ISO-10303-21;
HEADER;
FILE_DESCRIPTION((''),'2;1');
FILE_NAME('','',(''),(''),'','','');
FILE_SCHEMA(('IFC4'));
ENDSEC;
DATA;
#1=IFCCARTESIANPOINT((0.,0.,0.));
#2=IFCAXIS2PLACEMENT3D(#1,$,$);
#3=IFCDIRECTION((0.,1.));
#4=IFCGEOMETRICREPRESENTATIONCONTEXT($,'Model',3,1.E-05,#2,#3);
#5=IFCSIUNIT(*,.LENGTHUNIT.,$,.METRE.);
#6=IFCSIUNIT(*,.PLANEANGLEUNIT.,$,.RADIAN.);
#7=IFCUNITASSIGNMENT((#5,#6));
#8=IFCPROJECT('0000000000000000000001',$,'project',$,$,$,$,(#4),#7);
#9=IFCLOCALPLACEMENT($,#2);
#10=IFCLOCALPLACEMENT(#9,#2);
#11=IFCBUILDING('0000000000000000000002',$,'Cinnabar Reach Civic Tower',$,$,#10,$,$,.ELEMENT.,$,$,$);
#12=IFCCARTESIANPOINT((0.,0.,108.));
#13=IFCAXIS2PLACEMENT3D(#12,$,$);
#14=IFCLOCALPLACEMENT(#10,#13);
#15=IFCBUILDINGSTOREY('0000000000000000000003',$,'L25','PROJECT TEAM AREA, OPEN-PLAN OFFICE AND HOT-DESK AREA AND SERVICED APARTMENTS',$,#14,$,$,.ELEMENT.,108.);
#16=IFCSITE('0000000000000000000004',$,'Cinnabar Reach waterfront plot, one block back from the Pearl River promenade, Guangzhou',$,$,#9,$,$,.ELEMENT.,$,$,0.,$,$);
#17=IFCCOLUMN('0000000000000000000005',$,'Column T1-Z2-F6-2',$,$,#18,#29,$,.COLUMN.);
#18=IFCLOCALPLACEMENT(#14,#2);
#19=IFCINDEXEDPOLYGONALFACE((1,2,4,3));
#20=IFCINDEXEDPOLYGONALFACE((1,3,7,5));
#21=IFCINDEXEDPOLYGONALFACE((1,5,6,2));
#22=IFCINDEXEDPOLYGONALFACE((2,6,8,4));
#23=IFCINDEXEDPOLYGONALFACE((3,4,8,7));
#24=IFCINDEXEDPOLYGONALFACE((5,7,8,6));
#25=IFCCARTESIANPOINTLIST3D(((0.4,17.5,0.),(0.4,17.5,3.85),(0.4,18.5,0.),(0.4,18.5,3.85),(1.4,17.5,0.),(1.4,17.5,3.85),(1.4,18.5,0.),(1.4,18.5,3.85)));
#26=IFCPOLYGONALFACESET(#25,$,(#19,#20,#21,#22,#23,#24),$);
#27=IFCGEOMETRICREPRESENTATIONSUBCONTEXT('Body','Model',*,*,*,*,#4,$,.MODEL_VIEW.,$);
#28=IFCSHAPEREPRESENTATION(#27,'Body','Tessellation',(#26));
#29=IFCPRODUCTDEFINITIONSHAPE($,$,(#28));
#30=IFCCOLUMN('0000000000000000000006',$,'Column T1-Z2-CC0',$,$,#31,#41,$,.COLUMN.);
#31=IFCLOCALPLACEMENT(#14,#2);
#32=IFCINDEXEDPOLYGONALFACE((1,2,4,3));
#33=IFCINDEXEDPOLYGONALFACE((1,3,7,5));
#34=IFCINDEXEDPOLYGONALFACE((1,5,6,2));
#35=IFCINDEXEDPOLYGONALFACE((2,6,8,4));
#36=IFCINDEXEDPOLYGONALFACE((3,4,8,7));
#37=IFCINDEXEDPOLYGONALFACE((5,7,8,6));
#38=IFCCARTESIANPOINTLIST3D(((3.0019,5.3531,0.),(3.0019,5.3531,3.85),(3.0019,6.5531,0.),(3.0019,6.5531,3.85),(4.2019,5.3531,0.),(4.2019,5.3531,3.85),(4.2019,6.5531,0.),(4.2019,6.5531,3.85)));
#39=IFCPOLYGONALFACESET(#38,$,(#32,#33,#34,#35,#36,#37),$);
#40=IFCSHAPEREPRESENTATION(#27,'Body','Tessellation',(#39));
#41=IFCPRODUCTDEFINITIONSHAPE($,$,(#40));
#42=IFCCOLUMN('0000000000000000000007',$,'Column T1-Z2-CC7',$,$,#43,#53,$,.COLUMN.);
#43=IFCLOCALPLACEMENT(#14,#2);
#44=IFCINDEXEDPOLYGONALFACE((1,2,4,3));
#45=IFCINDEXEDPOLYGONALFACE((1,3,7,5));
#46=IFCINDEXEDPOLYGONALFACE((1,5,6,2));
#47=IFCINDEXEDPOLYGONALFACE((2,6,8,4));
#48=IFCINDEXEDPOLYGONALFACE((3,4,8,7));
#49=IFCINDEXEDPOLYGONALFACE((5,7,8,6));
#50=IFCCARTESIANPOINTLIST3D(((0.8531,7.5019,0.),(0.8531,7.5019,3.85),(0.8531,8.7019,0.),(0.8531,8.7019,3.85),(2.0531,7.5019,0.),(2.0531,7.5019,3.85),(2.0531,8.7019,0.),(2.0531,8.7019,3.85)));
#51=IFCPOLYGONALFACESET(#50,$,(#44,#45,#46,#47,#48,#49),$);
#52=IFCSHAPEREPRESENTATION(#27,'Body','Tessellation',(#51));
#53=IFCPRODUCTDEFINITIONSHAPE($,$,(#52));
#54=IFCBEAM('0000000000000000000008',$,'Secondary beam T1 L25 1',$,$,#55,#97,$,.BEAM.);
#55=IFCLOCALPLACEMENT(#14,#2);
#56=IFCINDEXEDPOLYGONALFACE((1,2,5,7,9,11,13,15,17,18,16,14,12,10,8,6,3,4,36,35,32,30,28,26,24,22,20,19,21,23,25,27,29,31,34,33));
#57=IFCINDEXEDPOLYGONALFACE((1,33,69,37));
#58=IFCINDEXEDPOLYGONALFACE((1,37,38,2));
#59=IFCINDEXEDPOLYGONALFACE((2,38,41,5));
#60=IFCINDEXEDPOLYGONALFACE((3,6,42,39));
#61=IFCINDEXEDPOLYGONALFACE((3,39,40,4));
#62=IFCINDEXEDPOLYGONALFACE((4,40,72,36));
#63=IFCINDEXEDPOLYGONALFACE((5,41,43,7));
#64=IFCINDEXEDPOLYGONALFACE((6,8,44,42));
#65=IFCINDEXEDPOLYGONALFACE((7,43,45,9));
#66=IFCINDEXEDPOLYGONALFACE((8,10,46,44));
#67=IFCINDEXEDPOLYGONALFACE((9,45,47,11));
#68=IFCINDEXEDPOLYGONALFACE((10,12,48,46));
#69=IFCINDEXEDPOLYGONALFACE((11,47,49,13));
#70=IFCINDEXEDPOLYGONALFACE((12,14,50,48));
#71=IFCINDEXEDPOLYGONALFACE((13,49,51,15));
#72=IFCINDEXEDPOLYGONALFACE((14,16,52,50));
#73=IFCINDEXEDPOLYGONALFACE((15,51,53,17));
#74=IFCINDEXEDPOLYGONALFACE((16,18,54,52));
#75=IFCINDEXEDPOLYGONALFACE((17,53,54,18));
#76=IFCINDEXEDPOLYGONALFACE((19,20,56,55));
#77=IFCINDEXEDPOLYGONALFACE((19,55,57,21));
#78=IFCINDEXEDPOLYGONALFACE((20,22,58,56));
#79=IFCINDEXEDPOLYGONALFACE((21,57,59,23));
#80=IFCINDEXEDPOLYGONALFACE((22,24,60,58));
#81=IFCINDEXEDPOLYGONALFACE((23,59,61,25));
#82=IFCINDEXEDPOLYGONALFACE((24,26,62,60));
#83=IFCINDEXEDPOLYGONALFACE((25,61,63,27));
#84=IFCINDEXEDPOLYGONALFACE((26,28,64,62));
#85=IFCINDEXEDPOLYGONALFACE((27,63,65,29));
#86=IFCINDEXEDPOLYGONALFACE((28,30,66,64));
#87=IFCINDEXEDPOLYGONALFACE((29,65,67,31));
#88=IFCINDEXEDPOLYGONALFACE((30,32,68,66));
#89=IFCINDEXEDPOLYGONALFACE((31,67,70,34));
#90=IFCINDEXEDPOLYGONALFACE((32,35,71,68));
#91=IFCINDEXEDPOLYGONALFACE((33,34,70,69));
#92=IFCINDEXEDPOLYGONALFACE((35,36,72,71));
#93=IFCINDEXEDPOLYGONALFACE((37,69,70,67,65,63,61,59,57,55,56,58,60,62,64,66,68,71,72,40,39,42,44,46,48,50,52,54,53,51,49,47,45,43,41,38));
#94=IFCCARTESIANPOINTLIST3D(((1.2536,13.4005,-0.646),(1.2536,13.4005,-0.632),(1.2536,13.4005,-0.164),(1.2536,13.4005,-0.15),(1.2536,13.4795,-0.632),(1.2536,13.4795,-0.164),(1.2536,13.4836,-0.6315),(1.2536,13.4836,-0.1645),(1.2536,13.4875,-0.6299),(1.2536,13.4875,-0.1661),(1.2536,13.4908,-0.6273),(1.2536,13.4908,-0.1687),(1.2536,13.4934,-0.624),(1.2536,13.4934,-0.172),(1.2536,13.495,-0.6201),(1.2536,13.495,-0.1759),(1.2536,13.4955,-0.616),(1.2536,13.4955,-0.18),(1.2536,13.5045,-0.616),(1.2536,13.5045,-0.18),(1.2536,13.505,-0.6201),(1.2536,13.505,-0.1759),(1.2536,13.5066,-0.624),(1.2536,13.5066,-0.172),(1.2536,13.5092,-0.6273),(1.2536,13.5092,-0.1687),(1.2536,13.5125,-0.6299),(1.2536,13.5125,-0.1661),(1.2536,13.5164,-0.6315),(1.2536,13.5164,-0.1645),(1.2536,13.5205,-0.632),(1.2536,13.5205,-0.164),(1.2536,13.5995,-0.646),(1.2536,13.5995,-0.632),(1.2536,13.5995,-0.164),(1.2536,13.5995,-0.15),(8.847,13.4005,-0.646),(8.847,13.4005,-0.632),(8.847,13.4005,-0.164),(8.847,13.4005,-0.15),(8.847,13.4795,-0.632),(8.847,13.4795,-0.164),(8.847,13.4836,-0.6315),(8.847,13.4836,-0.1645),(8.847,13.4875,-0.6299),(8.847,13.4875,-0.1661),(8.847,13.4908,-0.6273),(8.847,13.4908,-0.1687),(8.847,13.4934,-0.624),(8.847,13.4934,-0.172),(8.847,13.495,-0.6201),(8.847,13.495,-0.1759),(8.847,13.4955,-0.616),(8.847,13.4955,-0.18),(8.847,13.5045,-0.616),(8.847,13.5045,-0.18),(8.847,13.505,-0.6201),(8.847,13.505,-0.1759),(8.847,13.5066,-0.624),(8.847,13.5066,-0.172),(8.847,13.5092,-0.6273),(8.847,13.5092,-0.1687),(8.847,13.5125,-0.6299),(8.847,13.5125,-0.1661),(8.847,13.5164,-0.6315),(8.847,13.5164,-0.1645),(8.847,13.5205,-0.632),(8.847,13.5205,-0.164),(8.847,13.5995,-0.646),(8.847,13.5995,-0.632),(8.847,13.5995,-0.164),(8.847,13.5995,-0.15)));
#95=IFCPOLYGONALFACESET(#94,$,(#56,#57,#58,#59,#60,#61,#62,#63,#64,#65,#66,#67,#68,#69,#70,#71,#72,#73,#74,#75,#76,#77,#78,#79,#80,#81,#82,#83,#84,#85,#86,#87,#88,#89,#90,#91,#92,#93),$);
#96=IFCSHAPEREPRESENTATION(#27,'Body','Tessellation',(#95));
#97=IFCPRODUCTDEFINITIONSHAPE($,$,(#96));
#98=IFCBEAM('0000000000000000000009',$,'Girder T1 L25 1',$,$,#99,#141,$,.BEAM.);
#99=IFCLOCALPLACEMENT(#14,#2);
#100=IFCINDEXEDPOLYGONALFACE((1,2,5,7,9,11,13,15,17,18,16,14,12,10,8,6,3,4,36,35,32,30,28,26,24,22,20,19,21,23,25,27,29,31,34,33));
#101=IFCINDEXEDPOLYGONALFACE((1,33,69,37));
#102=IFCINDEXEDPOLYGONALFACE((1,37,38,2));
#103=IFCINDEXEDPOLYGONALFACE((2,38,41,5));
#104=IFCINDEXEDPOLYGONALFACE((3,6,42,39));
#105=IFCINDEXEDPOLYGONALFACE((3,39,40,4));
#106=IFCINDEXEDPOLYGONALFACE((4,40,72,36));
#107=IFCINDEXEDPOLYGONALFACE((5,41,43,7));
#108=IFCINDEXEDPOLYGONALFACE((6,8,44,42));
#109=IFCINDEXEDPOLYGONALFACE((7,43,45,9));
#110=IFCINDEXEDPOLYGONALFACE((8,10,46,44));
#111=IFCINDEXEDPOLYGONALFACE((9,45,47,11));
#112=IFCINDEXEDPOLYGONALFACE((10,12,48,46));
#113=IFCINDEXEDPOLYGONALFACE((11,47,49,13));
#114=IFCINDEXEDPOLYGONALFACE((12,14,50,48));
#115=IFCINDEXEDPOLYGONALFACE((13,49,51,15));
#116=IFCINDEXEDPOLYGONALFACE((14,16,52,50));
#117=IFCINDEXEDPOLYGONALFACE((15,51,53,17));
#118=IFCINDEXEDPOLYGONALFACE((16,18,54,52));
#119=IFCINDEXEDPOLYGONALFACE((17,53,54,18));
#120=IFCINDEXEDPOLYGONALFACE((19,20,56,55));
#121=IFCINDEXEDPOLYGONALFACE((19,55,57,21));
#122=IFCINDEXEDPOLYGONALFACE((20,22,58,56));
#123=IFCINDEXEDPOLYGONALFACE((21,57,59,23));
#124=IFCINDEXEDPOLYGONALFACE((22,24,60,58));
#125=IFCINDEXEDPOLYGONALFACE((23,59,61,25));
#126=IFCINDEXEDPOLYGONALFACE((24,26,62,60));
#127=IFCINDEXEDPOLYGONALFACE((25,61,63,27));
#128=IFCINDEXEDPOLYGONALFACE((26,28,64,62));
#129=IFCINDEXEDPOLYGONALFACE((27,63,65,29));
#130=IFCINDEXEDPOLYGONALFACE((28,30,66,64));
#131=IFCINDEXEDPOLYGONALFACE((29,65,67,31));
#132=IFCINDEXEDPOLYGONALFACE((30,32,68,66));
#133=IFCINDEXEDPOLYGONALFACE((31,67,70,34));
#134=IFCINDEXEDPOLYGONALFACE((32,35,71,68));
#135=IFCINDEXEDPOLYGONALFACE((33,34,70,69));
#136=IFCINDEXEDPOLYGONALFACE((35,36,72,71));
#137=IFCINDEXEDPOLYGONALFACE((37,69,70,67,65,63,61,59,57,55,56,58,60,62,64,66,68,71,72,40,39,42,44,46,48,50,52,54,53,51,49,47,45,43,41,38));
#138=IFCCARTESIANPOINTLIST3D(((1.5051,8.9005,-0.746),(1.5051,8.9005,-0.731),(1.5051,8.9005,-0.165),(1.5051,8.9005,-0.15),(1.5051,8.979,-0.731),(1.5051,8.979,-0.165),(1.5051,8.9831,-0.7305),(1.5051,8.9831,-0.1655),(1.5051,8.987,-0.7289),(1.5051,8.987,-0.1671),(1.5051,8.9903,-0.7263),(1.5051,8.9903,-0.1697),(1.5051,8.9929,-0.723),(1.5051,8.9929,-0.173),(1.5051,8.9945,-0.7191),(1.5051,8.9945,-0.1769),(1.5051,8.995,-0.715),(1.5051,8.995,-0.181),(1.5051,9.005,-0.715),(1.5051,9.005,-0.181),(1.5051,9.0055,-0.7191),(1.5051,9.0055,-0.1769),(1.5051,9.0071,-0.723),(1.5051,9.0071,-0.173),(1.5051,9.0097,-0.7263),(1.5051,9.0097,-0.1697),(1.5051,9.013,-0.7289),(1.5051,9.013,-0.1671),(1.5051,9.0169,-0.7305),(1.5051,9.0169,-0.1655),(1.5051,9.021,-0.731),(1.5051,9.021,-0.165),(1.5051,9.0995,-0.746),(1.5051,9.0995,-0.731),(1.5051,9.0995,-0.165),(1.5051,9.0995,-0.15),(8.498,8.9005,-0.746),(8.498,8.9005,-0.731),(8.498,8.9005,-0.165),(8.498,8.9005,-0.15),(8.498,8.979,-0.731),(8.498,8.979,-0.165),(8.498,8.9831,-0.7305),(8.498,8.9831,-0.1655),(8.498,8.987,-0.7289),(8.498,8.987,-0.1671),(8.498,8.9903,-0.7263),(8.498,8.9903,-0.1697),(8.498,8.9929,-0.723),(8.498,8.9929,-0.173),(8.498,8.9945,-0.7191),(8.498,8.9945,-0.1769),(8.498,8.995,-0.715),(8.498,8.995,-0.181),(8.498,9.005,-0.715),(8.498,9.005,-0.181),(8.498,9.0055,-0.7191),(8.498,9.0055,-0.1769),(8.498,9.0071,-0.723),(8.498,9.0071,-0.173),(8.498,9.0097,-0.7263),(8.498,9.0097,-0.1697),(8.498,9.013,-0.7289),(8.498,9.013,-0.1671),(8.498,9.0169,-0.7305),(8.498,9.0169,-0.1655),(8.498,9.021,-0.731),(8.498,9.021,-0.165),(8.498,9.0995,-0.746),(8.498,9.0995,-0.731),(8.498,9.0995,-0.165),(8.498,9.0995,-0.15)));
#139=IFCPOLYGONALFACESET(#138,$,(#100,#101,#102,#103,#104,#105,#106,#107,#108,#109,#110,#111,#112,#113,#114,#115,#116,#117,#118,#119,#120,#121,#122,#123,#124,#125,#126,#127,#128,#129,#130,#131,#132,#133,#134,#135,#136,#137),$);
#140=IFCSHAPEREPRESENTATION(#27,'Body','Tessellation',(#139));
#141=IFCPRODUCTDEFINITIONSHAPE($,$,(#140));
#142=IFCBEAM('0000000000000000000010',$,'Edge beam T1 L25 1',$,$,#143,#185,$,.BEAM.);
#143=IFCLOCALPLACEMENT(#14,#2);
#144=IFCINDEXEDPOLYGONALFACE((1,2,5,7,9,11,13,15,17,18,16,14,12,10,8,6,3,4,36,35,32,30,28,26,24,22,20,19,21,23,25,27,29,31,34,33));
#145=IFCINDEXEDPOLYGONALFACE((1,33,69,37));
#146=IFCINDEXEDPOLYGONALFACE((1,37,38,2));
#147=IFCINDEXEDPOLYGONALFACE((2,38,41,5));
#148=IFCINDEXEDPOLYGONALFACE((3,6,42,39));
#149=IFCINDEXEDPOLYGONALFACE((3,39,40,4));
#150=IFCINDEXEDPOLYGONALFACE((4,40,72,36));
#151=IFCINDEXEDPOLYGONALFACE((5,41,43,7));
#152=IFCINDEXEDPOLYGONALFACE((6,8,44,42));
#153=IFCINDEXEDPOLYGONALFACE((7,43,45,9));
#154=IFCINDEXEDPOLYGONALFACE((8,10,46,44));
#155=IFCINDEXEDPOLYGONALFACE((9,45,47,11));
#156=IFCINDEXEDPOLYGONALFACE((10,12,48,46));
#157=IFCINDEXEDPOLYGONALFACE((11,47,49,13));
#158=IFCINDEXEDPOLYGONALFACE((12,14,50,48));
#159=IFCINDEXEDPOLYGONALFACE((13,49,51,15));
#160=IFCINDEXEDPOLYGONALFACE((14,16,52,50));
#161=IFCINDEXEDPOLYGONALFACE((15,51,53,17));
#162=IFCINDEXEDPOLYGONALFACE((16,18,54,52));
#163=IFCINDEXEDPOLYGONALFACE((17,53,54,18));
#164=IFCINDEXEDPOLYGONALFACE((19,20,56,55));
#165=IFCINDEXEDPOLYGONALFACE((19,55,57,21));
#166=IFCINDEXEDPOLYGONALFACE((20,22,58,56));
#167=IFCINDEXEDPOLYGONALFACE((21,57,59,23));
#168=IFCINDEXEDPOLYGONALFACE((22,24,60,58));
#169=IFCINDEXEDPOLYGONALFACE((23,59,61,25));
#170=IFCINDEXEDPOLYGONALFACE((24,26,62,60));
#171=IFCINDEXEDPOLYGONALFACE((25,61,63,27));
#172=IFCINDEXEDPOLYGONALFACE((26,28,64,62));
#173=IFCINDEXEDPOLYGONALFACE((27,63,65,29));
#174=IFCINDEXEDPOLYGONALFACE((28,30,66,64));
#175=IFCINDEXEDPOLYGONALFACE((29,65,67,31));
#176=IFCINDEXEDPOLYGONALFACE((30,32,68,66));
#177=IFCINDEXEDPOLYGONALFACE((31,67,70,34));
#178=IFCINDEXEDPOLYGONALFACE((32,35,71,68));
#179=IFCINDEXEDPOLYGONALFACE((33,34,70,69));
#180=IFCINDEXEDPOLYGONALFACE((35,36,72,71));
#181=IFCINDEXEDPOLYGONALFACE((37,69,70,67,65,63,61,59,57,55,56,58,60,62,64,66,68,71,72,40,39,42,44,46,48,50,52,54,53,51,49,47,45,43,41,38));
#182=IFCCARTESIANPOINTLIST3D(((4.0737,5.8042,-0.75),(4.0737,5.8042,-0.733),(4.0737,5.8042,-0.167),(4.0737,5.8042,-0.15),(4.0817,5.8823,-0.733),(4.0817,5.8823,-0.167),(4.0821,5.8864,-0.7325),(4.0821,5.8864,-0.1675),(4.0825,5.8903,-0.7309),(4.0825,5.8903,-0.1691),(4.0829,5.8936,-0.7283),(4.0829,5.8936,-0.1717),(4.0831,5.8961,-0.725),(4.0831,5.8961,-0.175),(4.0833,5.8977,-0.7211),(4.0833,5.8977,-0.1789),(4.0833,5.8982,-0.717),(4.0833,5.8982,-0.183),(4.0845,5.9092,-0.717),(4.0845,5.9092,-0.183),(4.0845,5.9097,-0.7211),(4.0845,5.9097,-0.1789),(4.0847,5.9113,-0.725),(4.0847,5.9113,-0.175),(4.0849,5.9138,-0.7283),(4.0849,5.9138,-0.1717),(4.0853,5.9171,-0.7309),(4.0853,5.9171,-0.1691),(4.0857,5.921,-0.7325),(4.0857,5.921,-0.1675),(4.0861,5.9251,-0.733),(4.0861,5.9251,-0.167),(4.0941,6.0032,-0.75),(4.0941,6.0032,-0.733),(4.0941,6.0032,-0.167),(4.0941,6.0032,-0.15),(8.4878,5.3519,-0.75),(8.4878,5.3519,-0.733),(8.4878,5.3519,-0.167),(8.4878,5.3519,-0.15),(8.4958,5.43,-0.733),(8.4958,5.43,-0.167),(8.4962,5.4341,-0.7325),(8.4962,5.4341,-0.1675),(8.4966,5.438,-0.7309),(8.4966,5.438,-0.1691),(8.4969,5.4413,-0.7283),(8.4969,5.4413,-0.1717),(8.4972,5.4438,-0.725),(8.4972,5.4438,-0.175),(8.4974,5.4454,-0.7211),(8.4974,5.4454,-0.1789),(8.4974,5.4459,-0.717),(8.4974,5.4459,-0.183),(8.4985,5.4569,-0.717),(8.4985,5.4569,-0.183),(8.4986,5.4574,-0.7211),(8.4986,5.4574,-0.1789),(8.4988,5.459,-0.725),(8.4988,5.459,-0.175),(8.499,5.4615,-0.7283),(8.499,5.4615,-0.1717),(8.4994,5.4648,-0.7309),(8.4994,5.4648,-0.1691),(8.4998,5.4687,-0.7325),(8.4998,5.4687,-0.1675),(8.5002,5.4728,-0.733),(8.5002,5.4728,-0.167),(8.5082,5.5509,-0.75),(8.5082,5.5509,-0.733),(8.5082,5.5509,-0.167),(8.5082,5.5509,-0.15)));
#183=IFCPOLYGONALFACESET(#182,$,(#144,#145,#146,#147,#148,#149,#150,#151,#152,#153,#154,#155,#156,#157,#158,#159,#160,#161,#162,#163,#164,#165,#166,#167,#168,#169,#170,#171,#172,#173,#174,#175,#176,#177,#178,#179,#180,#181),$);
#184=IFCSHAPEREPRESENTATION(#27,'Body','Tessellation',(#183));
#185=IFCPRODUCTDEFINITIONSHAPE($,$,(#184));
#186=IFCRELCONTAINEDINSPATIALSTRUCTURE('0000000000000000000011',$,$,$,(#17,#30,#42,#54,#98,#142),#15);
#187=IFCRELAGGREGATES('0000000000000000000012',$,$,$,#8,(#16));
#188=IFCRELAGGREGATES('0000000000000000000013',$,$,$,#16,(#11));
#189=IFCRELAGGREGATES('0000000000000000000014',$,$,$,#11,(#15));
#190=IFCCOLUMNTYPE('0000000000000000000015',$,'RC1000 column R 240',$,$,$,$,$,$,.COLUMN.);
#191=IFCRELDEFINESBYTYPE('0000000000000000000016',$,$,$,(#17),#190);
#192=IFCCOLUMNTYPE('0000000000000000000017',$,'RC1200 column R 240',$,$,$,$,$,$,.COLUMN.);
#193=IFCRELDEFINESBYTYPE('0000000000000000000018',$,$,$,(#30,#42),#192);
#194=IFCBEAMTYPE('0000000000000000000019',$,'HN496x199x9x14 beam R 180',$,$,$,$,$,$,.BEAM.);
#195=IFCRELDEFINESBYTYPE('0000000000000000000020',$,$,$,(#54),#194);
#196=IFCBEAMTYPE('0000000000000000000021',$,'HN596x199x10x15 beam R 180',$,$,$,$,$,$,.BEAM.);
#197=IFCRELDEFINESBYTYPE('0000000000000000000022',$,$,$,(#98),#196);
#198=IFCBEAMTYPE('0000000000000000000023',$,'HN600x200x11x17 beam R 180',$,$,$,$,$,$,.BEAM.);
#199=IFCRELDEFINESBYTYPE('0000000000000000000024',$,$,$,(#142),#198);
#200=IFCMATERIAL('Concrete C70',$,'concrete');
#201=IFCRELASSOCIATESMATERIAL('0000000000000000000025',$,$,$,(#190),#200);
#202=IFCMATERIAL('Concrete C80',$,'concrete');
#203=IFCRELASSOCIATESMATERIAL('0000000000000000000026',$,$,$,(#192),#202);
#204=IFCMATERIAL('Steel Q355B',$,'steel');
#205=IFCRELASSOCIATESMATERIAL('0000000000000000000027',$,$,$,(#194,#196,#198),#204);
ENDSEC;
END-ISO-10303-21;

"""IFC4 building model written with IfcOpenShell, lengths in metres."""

from ifc_helpers import new_model, si_unit, direction, frame, origin, origin_2d, place, context, subcontext, project, spatial, rectangle, i_section, extrude, material, material_profile, profile_set, type_object, element, save


model = new_model("IFC4")

# Units and contexts
model_context = context("Model", 3, precision=1e-05, world=origin(), true_north=direction((0.0, 1.0)))
body_context = subcontext(model_context, "Body", "Model", "MODEL_VIEW")
ifc_project = project(units=[si_unit("LENGTHUNIT", "METRE"), si_unit("PLANEANGLEUNIT", "RADIAN")], contexts=[model_context])

# Site, building, storey
site_placement = place(None, origin())
site = spatial("IfcSite", under=ifc_project, at=site_placement, Name="Cinnabar Reach waterfront plot, one block back from the Pearl River promenade, Guangzhou", CompositionType="ELEMENT", RefElevation=0.0)
building_placement = place(site_placement, origin())
building = spatial("IfcBuilding", under=site, at=building_placement, Name="Cinnabar Reach Civic Tower", CompositionType="ELEMENT")
storey_placement = place(building_placement, frame((0.0, 0.0, 108.0)))
storey = spatial("IfcBuildingStorey", under=building, at=storey_placement, Name="L25", Description="PROJECT TEAM AREA, OPEN-PLAN OFFICE AND HOT-DESK AREA AND SERVICED APARTMENTS", CompositionType="ELEMENT", Elevation=108.0)

# Columns
ifc_material_1 = material(Name="Concrete C70", Category="concrete")
ifc_material_profile_1 = material_profile(ifc_material_1, rectangle(XDim=1.0, YDim=1.0, at=origin_2d()), Name="RC1000")
ifc_profile_set_1 = profile_set([ifc_material_profile_1], Name="Concrete C70")
column_type_1 = type_object("IfcColumnType", Name="RC1000 column R 240", PredefinedType="COLUMN", material=ifc_profile_set_1)
column_placement = place(storey_placement, frame((0.9, 18.0, 0.0), z_axis=(0.0, 0.0, 1.0), x_axis=(1.0, 0.0, 0.0)))
element("IfcColumn", 1, at=column_placement, inside=storey, type_object=column_type_1, Name="Column T1-Z2-F6-2", PredefinedType="COLUMN", context=body_context, shape_type="SweptSolid", body=[
    extrude(rectangle(XDim=1.0, YDim=1.0, at=origin_2d()), origin(), (0.0, 0.0, 1.0), 3.85),
])
ifc_material_2 = material(Name="Concrete C80", Category="concrete")
ifc_material_profile_2 = material_profile(ifc_material_2, rectangle(XDim=1.2, YDim=1.2, at=origin_2d()), Name="RC1200")
ifc_profile_set_2 = profile_set([ifc_material_profile_2], Name="Concrete C80")
column_type_2 = type_object("IfcColumnType", Name="RC1200 column R 240", PredefinedType="COLUMN", material=ifc_profile_set_2)
for number, where, z_axis, x_axis, name in (
    (2, (3.6019, 5.9531, 0.0), (0.0, 0.0, 1.0), (1.0, 0.0, 0.0), "Column T1-Z2-CC0"),
    (3, (1.4531, 8.1019, 0.0), (0.0, 0.0, 1.0), (1.0, 0.0, 0.0), "Column T1-Z2-CC7"),
):
    element("IfcColumn", number, at=place(storey_placement, frame(where, z_axis=z_axis, x_axis=x_axis)), inside=storey, type_object=column_type_2, Name=name, PredefinedType="COLUMN", context=body_context, shape_type="SweptSolid", body=[
        extrude(rectangle(XDim=1.2, YDim=1.2, at=origin_2d()), origin(), (0.0, 0.0, 1.0), 3.85),
    ])

# Beams
ifc_material_3 = material(Name="Steel Q355B", Category="steel")
ifc_material_profile_3 = material_profile(ifc_material_3, i_section(OverallWidth=0.199, OverallDepth=0.496, WebThickness=0.009, FlangeThickness=0.014, FilletRadius=0.016, at=origin_2d()), Name="HN496x199x9x14")
ifc_profile_set_3 = profile_set([ifc_material_profile_3], Name="Steel Q355B")
beam_type_1 = type_object("IfcBeamType", Name="HN496x199x9x14 beam R 180", PredefinedType="BEAM", material=ifc_profile_set_3)
beam_1_placement = place(storey_placement, frame((1.2536, 13.5, -0.398), z_axis=(1.0, 0.0, 0.0), x_axis=(0.0, 1.0, 0.0)))
element("IfcBeam", 4, at=beam_1_placement, inside=storey, type_object=beam_type_1, Name="Secondary beam T1 L25 1", PredefinedType="BEAM", context=body_context, shape_type="SweptSolid", body=[
    extrude(i_section(OverallWidth=0.199, OverallDepth=0.496, WebThickness=0.009, FlangeThickness=0.014, FilletRadius=0.016, at=origin_2d()), origin(), (0.0, 0.0, 1.0), 7.5934),
])
ifc_material_profile_4 = material_profile(ifc_material_3, i_section(OverallWidth=0.199, OverallDepth=0.596, WebThickness=0.01, FlangeThickness=0.015, FilletRadius=0.016, at=origin_2d()), Name="HN596x199x10x15")
ifc_profile_set_4 = profile_set([ifc_material_profile_4], Name="Steel Q355B")
beam_type_2 = type_object("IfcBeamType", Name="HN596x199x10x15 beam R 180", PredefinedType="BEAM", material=ifc_profile_set_4)
beam_2_placement = place(storey_placement, frame((1.5051, 9.0, -0.448), z_axis=(1.0, 0.0, 0.0), x_axis=(0.0, 1.0, 0.0)))
element("IfcBeam", 5, at=beam_2_placement, inside=storey, type_object=beam_type_2, Name="Girder T1 L25 1", PredefinedType="BEAM", context=body_context, shape_type="SweptSolid", body=[
    extrude(i_section(OverallWidth=0.199, OverallDepth=0.596, WebThickness=0.01, FlangeThickness=0.015, FilletRadius=0.016, at=origin_2d()), origin(), (0.0, 0.0, 1.0), 6.9929),
])
ifc_material_profile_5 = material_profile(ifc_material_3, i_section(OverallWidth=0.2, OverallDepth=0.6, WebThickness=0.011, FlangeThickness=0.017, FilletRadius=0.016, at=origin_2d()), Name="HN600x200x11x17")
ifc_profile_set_5 = profile_set([ifc_material_profile_5], Name="Steel Q355B")
beam_type_3 = type_object("IfcBeamType", Name="HN600x200x11x17 beam R 180", PredefinedType="BEAM", material=ifc_profile_set_5)
beam_3_placement = place(storey_placement, frame((4.0839, 5.9037, -0.45), z_axis=(0.994791, -0.101933, 0.0), x_axis=(0.101933, 0.994791, 0.0)))
element("IfcBeam", 6, at=beam_3_placement, inside=storey, type_object=beam_type_3, Name="Edge beam T1 L25 1", PredefinedType="BEAM", context=body_context, shape_type="SweptSolid", body=[
    extrude(i_section(OverallWidth=0.2, OverallDepth=0.6, WebThickness=0.011, FlangeThickness=0.017, FilletRadius=0.016, at=origin_2d()), origin(), (0.0, 0.0, 1.0), 4.4372),
])

save(model, "model.ifc")
